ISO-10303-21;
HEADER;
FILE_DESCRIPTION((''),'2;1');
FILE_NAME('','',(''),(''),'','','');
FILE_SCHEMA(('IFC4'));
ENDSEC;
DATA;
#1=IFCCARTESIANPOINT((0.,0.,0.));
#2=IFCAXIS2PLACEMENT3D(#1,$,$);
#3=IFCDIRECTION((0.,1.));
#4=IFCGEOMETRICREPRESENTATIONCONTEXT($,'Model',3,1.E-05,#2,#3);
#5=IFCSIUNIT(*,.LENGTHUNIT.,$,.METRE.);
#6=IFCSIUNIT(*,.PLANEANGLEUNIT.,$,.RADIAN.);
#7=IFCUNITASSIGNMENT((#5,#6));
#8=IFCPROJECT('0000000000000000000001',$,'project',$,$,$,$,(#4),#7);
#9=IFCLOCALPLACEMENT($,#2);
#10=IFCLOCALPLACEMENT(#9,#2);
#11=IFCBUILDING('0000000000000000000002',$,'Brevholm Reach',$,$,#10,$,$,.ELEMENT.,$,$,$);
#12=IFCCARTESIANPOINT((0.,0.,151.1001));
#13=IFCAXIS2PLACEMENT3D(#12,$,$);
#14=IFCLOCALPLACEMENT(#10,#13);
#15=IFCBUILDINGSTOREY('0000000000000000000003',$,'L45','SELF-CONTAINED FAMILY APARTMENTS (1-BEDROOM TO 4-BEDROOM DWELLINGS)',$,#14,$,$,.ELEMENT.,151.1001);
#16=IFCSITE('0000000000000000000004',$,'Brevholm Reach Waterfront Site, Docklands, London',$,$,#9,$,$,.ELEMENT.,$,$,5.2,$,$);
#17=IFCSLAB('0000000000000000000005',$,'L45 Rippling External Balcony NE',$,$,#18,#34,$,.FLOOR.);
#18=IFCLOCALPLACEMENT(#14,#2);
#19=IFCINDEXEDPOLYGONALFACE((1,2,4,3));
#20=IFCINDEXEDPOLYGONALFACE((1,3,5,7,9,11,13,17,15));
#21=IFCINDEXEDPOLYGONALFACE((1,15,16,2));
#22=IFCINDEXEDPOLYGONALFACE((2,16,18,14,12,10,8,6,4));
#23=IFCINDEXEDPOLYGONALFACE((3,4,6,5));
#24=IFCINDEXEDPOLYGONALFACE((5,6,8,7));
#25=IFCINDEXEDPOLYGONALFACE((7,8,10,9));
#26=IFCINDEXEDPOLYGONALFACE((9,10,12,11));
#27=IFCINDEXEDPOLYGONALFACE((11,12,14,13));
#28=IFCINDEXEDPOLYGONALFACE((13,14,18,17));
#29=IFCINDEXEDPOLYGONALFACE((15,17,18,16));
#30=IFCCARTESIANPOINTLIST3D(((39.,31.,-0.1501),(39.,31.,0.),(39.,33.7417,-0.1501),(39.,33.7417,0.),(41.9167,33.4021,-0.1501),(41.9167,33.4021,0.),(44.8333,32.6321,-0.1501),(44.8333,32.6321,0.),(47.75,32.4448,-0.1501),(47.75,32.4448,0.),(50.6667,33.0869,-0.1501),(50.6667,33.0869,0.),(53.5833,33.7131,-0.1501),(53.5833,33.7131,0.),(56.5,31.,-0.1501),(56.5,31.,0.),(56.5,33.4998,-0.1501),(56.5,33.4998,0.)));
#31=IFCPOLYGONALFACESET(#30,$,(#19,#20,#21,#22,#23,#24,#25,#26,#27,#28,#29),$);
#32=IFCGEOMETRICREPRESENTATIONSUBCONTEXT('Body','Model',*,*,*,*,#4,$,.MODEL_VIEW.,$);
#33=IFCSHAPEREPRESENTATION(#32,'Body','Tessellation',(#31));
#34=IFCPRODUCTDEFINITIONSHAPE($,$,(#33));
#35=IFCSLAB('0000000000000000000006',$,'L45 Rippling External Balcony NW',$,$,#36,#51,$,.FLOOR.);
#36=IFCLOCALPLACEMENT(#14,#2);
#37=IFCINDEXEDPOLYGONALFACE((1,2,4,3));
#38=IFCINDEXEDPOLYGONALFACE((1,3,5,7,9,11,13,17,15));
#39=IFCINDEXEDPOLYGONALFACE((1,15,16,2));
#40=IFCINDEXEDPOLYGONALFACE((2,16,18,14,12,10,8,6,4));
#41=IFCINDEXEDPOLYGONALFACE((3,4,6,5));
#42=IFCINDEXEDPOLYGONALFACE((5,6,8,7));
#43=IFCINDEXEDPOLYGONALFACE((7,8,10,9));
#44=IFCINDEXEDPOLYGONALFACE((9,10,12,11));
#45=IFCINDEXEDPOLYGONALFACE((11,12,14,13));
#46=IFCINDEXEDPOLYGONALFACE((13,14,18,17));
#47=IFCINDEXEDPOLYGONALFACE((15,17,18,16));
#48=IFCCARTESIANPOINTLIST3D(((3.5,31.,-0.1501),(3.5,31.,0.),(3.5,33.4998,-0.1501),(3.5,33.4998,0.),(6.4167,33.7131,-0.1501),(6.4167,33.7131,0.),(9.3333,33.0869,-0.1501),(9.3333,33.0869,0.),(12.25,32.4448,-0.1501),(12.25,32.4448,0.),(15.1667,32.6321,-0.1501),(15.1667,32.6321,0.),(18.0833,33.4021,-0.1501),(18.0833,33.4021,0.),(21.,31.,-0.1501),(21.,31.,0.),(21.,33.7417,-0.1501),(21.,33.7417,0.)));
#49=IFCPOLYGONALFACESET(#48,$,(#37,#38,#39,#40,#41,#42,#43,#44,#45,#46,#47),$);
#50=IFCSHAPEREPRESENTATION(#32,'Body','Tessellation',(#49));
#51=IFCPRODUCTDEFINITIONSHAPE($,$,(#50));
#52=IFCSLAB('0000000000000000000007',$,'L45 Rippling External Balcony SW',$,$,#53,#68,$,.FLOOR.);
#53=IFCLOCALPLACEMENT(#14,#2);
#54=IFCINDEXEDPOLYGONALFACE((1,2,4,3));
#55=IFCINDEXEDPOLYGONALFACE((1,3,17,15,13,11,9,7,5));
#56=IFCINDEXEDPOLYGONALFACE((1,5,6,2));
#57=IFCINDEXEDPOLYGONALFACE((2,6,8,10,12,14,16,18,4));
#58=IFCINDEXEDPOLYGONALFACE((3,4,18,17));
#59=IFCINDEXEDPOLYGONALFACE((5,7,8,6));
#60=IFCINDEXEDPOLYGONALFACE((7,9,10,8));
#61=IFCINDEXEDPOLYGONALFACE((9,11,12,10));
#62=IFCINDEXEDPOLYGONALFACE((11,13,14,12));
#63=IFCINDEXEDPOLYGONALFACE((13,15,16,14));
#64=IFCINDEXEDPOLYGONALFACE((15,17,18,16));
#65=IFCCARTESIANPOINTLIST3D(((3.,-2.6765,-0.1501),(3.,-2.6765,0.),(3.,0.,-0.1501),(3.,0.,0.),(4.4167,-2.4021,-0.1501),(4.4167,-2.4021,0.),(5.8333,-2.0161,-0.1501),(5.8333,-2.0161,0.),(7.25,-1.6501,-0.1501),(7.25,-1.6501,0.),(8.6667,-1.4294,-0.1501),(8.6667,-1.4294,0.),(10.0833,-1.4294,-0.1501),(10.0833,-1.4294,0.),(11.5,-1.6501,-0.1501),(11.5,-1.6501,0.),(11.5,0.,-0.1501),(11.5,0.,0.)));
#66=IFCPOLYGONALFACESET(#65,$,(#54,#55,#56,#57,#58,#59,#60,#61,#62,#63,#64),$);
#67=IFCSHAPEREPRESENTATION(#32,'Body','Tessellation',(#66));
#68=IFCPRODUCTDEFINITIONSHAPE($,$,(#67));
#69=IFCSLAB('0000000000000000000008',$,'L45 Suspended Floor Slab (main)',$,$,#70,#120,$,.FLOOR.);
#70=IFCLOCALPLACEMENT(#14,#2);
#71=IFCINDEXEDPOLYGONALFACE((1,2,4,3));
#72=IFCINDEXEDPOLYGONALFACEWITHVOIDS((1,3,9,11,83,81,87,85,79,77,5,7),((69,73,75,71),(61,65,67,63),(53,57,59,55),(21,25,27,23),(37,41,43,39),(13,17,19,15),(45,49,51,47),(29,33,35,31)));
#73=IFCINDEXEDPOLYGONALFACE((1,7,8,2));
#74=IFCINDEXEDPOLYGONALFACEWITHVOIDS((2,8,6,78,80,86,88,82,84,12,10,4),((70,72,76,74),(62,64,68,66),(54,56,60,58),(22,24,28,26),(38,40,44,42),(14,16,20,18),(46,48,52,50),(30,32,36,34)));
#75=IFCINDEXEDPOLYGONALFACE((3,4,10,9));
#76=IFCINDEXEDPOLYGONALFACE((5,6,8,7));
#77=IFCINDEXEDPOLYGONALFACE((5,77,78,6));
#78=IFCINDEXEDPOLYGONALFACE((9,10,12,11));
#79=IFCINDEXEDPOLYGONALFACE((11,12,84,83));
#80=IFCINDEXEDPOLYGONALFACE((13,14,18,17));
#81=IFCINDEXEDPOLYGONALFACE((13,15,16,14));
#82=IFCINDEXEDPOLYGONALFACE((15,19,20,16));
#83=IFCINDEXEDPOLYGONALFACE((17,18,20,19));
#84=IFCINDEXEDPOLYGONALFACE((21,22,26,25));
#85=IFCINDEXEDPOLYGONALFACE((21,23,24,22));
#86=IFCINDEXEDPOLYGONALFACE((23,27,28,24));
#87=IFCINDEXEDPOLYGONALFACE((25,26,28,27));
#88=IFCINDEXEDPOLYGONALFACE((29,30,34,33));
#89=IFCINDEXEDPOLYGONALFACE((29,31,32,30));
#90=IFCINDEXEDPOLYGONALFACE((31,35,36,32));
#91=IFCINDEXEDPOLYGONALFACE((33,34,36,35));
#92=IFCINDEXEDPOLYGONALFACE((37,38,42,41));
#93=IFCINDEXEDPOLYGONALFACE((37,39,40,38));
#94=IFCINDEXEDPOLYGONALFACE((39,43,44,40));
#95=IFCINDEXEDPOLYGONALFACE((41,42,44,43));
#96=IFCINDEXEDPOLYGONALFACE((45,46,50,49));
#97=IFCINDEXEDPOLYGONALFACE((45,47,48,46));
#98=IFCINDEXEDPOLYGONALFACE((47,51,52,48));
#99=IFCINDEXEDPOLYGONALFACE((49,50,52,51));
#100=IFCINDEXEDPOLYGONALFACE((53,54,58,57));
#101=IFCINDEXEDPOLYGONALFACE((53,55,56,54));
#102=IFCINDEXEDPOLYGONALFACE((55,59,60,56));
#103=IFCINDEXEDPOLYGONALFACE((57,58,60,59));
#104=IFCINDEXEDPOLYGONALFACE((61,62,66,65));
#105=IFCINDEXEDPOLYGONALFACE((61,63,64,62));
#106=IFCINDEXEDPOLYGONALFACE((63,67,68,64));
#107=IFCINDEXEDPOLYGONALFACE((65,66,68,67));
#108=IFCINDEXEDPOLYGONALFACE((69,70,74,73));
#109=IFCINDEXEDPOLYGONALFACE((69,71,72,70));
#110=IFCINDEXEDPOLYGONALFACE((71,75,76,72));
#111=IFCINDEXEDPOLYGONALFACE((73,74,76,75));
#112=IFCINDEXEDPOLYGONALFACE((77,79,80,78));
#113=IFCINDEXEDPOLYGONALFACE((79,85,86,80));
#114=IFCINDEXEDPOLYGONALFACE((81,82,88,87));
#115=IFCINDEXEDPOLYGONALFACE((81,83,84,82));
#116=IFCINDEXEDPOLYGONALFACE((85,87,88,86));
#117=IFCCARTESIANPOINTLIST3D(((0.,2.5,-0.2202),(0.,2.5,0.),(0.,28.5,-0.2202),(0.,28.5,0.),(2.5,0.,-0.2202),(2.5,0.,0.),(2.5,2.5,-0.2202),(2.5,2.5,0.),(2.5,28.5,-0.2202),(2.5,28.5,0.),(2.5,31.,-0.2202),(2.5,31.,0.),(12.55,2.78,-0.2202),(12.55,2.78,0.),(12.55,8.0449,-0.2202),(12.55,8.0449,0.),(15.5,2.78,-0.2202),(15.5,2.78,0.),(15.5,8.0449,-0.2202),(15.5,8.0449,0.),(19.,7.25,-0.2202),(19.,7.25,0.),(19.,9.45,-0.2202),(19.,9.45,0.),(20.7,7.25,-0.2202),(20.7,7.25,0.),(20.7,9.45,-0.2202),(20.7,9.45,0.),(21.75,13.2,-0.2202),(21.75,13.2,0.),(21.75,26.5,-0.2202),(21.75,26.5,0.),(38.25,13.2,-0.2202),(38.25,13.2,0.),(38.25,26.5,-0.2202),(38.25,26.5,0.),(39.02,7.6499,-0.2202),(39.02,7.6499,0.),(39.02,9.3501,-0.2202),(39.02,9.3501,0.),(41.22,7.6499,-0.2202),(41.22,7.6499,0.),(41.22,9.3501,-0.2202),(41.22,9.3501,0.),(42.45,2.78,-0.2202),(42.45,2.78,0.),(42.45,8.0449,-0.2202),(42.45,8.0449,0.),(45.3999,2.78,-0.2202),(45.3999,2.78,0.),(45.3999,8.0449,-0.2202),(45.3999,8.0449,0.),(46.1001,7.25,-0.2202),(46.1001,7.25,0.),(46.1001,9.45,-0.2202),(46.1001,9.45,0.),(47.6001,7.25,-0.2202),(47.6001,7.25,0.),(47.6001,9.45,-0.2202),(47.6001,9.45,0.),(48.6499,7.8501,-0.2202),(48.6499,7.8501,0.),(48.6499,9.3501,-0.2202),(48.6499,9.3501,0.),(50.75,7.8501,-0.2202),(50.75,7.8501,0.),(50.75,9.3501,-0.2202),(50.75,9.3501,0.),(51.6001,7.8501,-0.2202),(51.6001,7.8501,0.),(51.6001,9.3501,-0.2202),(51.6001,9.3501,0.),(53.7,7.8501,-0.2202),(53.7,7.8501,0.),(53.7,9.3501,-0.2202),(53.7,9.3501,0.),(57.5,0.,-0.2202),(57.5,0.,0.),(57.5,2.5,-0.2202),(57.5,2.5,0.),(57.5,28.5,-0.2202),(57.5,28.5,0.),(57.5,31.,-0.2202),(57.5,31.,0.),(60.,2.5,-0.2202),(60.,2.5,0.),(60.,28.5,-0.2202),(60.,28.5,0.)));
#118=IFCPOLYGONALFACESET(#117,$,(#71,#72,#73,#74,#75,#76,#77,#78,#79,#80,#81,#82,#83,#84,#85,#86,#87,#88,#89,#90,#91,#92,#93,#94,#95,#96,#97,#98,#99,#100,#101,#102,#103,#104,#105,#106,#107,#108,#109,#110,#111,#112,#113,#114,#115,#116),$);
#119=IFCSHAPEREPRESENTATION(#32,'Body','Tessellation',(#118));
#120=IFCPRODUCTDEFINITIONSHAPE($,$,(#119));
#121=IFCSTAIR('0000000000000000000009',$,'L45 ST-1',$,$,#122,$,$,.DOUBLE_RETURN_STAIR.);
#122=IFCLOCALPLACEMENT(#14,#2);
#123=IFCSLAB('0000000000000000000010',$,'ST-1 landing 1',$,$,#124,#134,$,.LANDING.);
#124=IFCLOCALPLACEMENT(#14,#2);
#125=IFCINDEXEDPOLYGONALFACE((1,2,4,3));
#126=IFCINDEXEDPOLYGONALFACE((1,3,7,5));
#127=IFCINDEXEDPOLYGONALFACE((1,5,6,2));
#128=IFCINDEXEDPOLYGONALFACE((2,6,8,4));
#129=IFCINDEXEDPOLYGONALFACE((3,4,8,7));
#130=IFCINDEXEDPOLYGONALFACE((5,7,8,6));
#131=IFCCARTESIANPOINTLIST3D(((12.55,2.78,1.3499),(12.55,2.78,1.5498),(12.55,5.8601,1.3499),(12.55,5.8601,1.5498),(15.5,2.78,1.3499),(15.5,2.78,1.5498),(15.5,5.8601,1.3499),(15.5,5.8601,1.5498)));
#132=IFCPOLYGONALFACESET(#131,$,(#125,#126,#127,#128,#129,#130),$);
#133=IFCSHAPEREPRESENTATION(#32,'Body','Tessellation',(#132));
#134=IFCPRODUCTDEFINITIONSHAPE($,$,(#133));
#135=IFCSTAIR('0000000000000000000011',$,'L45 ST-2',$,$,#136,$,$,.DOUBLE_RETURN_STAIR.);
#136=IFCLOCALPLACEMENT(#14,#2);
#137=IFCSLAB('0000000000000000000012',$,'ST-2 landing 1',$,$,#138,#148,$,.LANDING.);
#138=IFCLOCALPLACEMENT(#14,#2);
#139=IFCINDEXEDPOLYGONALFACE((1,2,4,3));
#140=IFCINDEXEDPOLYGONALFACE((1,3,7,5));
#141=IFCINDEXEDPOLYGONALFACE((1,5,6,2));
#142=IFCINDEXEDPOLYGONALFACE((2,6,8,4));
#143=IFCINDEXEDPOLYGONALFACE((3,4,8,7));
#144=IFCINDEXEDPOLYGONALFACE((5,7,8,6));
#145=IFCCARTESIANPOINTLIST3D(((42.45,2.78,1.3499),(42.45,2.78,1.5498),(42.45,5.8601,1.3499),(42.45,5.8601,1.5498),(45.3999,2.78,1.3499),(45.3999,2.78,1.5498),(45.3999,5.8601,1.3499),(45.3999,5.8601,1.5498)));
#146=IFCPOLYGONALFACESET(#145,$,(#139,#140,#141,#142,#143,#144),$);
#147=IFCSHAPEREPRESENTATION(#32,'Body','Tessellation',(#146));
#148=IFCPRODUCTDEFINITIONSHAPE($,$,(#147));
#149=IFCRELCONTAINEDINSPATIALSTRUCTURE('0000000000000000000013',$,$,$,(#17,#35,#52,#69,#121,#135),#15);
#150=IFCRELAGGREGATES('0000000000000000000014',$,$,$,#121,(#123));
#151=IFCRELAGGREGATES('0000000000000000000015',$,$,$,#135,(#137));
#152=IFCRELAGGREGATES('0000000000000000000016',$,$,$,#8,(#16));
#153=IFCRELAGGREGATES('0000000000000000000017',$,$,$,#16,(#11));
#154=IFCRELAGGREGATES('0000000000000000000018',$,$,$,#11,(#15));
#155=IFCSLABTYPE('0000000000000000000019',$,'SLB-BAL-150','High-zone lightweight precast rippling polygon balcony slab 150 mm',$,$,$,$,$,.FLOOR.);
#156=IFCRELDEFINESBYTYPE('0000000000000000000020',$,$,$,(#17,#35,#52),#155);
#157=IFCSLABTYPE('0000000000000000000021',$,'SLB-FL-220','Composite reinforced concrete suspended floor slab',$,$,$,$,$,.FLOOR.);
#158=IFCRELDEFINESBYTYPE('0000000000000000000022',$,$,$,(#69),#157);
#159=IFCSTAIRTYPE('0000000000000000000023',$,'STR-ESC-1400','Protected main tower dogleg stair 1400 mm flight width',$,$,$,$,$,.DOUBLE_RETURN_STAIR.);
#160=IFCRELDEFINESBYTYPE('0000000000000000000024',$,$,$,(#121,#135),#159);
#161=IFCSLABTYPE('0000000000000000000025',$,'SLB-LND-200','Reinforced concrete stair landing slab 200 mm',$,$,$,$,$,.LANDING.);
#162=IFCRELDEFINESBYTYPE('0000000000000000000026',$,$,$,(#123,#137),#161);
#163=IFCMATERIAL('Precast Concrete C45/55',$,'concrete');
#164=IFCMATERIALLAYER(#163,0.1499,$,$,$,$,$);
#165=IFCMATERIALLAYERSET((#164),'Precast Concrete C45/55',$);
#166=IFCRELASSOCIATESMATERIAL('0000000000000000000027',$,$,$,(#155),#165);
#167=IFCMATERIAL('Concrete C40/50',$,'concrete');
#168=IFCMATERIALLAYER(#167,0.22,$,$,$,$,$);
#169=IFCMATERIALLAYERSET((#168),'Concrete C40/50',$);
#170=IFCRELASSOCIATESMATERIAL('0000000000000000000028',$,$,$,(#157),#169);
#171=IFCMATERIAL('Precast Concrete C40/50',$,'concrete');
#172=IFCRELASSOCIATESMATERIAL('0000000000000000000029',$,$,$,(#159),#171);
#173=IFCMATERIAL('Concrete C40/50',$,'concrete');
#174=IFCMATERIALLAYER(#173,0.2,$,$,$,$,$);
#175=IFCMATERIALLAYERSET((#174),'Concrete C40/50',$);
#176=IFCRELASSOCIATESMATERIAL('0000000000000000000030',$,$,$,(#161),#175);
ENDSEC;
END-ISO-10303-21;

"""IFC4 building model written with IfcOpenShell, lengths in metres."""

from ifc_helpers import new_model, si_unit, direction, frame, origin, place, context, subcontext, project, spatial, polyline, outline, extrude, material, layer, layer_set, type_object, element, aggregate, save


model = new_model("IFC4")

# Units and contexts
model_context = context("Model", 3, precision=1e-05, world=origin(), true_north=direction((0.0, 1.0)))
body_context = subcontext(model_context, "Body", "Model", "MODEL_VIEW")
ifc_project = project(units=[si_unit("LENGTHUNIT", "METRE"), si_unit("PLANEANGLEUNIT", "RADIAN")], contexts=[model_context])

# Site, building, storey
site_placement = place(None, origin())
site = spatial("IfcSite", under=ifc_project, at=site_placement, Name="Brevholm Reach Waterfront Site, Docklands, London", CompositionType="ELEMENT", RefElevation=5.2)
building_placement = place(site_placement, origin())
building = spatial("IfcBuilding", under=site, at=building_placement, Name="Brevholm Reach", CompositionType="ELEMENT")
storey_placement = place(building_placement, frame((0.0, 0.0, 151.1001)))
storey = spatial("IfcBuildingStorey", under=building, at=storey_placement, Name="L45", Description="SELF-CONTAINED FAMILY APARTMENTS (1-BEDROOM TO 4-BEDROOM DWELLINGS)", CompositionType="ELEMENT", Elevation=151.1001)

# Slabs
ifc_material_1 = material(Name="Precast Concrete C45/55", Category="concrete")
ifc_layer_1 = layer(ifc_material_1, 0.1499)
ifc_layer_set_1 = layer_set([ifc_layer_1], Name="Precast Concrete C45/55")
slab_type_1 = type_object("IfcSlabType", Name="SLB-BAL-150", Description="High-zone lightweight precast rippling polygon balcony slab 150 mm", PredefinedType="FLOOR", material=ifc_layer_set_1)
slab_1_placement = place(storey_placement, frame((0.0, 0.0, -0.1501)))
element("IfcSlab", 1, at=slab_1_placement, inside=storey, type_object=slab_type_1, Name="L45 Rippling External Balcony NE", PredefinedType="FLOOR", context=body_context, shape_type="SweptSolid", body=[
    extrude(outline(polyline([(39.0, 31.0), (56.5, 31.0), (56.5, 33.4998), (53.5833, 33.7131), (50.6667, 33.0869), (47.75, 32.4448), (44.8333, 32.6321), (41.9167, 33.4021), (39.0, 33.7417), (39.0, 31.0)])), origin(), (0.0, 0.0, 1.0), 0.1501),
])
slab_2_placement = place(storey_placement, frame((0.0, 0.0, -0.1501)))
element("IfcSlab", 2, at=slab_2_placement, inside=storey, type_object=slab_type_1, Name="L45 Rippling External Balcony NW", PredefinedType="FLOOR", context=body_context, shape_type="SweptSolid", body=[
    extrude(outline(polyline([(3.5, 31.0), (21.0, 31.0), (21.0, 33.7417), (18.0833, 33.4021), (15.1667, 32.6321), (12.25, 32.4448), (9.3333, 33.0869), (6.4167, 33.7131), (3.5, 33.4998), (3.5, 31.0)])), origin(), (0.0, 0.0, 1.0), 0.1501),
])
slab_3_placement = place(storey_placement, frame((0.0, 0.0, -0.1501)))
element("IfcSlab", 3, at=slab_3_placement, inside=storey, type_object=slab_type_1, Name="L45 Rippling External Balcony SW", PredefinedType="FLOOR", context=body_context, shape_type="SweptSolid", body=[
    extrude(outline(polyline([(3.0, -2.6765), (4.4167, -2.4021), (5.8333, -2.0161), (7.25, -1.6501), (8.6667, -1.4294), (10.0833, -1.4294), (11.5, -1.6501), (11.5, 0.0), (3.0, 0.0), (3.0, -2.6765)])), origin(), (0.0, 0.0, 1.0), 0.1501),
])
ifc_material_2 = material(Name="Concrete C40/50", Category="concrete")
ifc_layer_2 = layer(ifc_material_2, 0.22)
ifc_layer_set_2 = layer_set([ifc_layer_2], Name="Concrete C40/50")
slab_type_2 = type_object("IfcSlabType", Name="SLB-FL-220", Description="Composite reinforced concrete suspended floor slab", PredefinedType="FLOOR", material=ifc_layer_set_2)
slab_4_placement = place(storey_placement, frame((0.0, 0.0, -0.2202)))
element("IfcSlab", 4, at=slab_4_placement, inside=storey, type_object=slab_type_2, Name="L45 Suspended Floor Slab (main)", PredefinedType="FLOOR", context=body_context, shape_type="SweptSolid", body=[
    extrude(outline(polyline([(2.5, 0.0), (57.5, 0.0), (57.5, 2.5), (60.0, 2.5), (60.0, 28.5), (57.5, 28.5), (57.5, 31.0), (2.5, 31.0), (2.5, 28.5), (0.0, 28.5), (0.0, 2.5), (2.5, 2.5), (2.5, 0.0)]), holes=[polyline([(21.75, 13.2), (38.25, 13.2), (38.25, 26.5), (21.75, 26.5), (21.75, 13.2)]), polyline([(12.55, 2.78), (15.5, 2.78), (15.5, 8.0449), (12.55, 8.0449), (12.55, 2.78)]), polyline([(42.45, 2.78), (45.3999, 2.78), (45.3999, 8.0449), (42.45, 8.0449), (42.45, 2.78)]), polyline([(19.0, 7.25), (20.7, 7.25), (20.7, 9.45), (19.0, 9.45), (19.0, 7.25)]), polyline([(46.1001, 7.25), (47.6001, 7.25), (47.6001, 9.45), (46.1001, 9.45), (46.1001, 7.25)]), polyline([(39.02, 7.6499), (41.22, 7.6499), (41.22, 9.3501), (39.02, 9.3501), (39.02, 7.6499)]), polyline([(48.6499, 7.8501), (50.75, 7.8501), (50.75, 9.3501), (48.6499, 9.3501), (48.6499, 7.8501)]), polyline([(51.6001, 7.8501), (53.7, 7.8501), (53.7, 9.3501), (51.6001, 9.3501), (51.6001, 7.8501)])]), origin(), (0.0, 0.0, 1.0), 0.2202),
])

# Stairs, slabs
ifc_material_3 = material(Name="Precast Concrete C40/50", Category="concrete")
stair_type = type_object("IfcStairType", Name="STR-ESC-1400", Description="Protected main tower dogleg stair 1400 mm flight width", PredefinedType="DOUBLE_RETURN_STAIR", material=ifc_material_3)
stair_1_placement = place(storey_placement, origin())
stair_1 = element("IfcStair", 5, at=stair_1_placement, inside=storey, type_object=stair_type, Name="L45 ST-1", PredefinedType="DOUBLE_RETURN_STAIR")
ifc_material_4 = material(Name="Concrete C40/50", Category="concrete")
ifc_layer_3 = layer(ifc_material_4, 0.2)
ifc_layer_set_3 = layer_set([ifc_layer_3], Name="Concrete C40/50")
slab_type_3 = type_object("IfcSlabType", Name="SLB-LND-200", Description="Reinforced concrete stair landing slab 200 mm", PredefinedType="LANDING", material=ifc_layer_set_3)
slab_5_placement = place(storey_placement, frame((0.0, 0.0, 1.3499)))
slab_5 = element("IfcSlab", 6, at=slab_5_placement, type_object=slab_type_3, Name="ST-1 landing 1", PredefinedType="LANDING", context=body_context, shape_type="SweptSolid", body=[
    extrude(outline(polyline([(12.55, 5.8601), (12.55, 2.78), (15.5, 2.78), (15.5, 5.8601), (12.55, 5.8601)])), origin(), (0.0, 0.0, 1.0), 0.2),
])
aggregate(stair_1, [slab_5])
stair_2_placement = place(storey_placement, origin())
stair_2 = element("IfcStair", 7, at=stair_2_placement, inside=storey, type_object=stair_type, Name="L45 ST-2", PredefinedType="DOUBLE_RETURN_STAIR")
slab_6_placement = place(storey_placement, frame((0.0, 0.0, 1.3499)))
slab_6 = element("IfcSlab", 8, at=slab_6_placement, type_object=slab_type_3, Name="ST-2 landing 1", PredefinedType="LANDING", context=body_context, shape_type="SweptSolid", body=[
    extrude(outline(polyline([(42.45, 5.8601), (42.45, 2.78), (45.3999, 2.78), (45.3999, 5.8601), (42.45, 5.8601)])), origin(), (0.0, 0.0, 1.0), 0.2),
])
aggregate(stair_2, [slab_6])

save(model, "model.ifc")
